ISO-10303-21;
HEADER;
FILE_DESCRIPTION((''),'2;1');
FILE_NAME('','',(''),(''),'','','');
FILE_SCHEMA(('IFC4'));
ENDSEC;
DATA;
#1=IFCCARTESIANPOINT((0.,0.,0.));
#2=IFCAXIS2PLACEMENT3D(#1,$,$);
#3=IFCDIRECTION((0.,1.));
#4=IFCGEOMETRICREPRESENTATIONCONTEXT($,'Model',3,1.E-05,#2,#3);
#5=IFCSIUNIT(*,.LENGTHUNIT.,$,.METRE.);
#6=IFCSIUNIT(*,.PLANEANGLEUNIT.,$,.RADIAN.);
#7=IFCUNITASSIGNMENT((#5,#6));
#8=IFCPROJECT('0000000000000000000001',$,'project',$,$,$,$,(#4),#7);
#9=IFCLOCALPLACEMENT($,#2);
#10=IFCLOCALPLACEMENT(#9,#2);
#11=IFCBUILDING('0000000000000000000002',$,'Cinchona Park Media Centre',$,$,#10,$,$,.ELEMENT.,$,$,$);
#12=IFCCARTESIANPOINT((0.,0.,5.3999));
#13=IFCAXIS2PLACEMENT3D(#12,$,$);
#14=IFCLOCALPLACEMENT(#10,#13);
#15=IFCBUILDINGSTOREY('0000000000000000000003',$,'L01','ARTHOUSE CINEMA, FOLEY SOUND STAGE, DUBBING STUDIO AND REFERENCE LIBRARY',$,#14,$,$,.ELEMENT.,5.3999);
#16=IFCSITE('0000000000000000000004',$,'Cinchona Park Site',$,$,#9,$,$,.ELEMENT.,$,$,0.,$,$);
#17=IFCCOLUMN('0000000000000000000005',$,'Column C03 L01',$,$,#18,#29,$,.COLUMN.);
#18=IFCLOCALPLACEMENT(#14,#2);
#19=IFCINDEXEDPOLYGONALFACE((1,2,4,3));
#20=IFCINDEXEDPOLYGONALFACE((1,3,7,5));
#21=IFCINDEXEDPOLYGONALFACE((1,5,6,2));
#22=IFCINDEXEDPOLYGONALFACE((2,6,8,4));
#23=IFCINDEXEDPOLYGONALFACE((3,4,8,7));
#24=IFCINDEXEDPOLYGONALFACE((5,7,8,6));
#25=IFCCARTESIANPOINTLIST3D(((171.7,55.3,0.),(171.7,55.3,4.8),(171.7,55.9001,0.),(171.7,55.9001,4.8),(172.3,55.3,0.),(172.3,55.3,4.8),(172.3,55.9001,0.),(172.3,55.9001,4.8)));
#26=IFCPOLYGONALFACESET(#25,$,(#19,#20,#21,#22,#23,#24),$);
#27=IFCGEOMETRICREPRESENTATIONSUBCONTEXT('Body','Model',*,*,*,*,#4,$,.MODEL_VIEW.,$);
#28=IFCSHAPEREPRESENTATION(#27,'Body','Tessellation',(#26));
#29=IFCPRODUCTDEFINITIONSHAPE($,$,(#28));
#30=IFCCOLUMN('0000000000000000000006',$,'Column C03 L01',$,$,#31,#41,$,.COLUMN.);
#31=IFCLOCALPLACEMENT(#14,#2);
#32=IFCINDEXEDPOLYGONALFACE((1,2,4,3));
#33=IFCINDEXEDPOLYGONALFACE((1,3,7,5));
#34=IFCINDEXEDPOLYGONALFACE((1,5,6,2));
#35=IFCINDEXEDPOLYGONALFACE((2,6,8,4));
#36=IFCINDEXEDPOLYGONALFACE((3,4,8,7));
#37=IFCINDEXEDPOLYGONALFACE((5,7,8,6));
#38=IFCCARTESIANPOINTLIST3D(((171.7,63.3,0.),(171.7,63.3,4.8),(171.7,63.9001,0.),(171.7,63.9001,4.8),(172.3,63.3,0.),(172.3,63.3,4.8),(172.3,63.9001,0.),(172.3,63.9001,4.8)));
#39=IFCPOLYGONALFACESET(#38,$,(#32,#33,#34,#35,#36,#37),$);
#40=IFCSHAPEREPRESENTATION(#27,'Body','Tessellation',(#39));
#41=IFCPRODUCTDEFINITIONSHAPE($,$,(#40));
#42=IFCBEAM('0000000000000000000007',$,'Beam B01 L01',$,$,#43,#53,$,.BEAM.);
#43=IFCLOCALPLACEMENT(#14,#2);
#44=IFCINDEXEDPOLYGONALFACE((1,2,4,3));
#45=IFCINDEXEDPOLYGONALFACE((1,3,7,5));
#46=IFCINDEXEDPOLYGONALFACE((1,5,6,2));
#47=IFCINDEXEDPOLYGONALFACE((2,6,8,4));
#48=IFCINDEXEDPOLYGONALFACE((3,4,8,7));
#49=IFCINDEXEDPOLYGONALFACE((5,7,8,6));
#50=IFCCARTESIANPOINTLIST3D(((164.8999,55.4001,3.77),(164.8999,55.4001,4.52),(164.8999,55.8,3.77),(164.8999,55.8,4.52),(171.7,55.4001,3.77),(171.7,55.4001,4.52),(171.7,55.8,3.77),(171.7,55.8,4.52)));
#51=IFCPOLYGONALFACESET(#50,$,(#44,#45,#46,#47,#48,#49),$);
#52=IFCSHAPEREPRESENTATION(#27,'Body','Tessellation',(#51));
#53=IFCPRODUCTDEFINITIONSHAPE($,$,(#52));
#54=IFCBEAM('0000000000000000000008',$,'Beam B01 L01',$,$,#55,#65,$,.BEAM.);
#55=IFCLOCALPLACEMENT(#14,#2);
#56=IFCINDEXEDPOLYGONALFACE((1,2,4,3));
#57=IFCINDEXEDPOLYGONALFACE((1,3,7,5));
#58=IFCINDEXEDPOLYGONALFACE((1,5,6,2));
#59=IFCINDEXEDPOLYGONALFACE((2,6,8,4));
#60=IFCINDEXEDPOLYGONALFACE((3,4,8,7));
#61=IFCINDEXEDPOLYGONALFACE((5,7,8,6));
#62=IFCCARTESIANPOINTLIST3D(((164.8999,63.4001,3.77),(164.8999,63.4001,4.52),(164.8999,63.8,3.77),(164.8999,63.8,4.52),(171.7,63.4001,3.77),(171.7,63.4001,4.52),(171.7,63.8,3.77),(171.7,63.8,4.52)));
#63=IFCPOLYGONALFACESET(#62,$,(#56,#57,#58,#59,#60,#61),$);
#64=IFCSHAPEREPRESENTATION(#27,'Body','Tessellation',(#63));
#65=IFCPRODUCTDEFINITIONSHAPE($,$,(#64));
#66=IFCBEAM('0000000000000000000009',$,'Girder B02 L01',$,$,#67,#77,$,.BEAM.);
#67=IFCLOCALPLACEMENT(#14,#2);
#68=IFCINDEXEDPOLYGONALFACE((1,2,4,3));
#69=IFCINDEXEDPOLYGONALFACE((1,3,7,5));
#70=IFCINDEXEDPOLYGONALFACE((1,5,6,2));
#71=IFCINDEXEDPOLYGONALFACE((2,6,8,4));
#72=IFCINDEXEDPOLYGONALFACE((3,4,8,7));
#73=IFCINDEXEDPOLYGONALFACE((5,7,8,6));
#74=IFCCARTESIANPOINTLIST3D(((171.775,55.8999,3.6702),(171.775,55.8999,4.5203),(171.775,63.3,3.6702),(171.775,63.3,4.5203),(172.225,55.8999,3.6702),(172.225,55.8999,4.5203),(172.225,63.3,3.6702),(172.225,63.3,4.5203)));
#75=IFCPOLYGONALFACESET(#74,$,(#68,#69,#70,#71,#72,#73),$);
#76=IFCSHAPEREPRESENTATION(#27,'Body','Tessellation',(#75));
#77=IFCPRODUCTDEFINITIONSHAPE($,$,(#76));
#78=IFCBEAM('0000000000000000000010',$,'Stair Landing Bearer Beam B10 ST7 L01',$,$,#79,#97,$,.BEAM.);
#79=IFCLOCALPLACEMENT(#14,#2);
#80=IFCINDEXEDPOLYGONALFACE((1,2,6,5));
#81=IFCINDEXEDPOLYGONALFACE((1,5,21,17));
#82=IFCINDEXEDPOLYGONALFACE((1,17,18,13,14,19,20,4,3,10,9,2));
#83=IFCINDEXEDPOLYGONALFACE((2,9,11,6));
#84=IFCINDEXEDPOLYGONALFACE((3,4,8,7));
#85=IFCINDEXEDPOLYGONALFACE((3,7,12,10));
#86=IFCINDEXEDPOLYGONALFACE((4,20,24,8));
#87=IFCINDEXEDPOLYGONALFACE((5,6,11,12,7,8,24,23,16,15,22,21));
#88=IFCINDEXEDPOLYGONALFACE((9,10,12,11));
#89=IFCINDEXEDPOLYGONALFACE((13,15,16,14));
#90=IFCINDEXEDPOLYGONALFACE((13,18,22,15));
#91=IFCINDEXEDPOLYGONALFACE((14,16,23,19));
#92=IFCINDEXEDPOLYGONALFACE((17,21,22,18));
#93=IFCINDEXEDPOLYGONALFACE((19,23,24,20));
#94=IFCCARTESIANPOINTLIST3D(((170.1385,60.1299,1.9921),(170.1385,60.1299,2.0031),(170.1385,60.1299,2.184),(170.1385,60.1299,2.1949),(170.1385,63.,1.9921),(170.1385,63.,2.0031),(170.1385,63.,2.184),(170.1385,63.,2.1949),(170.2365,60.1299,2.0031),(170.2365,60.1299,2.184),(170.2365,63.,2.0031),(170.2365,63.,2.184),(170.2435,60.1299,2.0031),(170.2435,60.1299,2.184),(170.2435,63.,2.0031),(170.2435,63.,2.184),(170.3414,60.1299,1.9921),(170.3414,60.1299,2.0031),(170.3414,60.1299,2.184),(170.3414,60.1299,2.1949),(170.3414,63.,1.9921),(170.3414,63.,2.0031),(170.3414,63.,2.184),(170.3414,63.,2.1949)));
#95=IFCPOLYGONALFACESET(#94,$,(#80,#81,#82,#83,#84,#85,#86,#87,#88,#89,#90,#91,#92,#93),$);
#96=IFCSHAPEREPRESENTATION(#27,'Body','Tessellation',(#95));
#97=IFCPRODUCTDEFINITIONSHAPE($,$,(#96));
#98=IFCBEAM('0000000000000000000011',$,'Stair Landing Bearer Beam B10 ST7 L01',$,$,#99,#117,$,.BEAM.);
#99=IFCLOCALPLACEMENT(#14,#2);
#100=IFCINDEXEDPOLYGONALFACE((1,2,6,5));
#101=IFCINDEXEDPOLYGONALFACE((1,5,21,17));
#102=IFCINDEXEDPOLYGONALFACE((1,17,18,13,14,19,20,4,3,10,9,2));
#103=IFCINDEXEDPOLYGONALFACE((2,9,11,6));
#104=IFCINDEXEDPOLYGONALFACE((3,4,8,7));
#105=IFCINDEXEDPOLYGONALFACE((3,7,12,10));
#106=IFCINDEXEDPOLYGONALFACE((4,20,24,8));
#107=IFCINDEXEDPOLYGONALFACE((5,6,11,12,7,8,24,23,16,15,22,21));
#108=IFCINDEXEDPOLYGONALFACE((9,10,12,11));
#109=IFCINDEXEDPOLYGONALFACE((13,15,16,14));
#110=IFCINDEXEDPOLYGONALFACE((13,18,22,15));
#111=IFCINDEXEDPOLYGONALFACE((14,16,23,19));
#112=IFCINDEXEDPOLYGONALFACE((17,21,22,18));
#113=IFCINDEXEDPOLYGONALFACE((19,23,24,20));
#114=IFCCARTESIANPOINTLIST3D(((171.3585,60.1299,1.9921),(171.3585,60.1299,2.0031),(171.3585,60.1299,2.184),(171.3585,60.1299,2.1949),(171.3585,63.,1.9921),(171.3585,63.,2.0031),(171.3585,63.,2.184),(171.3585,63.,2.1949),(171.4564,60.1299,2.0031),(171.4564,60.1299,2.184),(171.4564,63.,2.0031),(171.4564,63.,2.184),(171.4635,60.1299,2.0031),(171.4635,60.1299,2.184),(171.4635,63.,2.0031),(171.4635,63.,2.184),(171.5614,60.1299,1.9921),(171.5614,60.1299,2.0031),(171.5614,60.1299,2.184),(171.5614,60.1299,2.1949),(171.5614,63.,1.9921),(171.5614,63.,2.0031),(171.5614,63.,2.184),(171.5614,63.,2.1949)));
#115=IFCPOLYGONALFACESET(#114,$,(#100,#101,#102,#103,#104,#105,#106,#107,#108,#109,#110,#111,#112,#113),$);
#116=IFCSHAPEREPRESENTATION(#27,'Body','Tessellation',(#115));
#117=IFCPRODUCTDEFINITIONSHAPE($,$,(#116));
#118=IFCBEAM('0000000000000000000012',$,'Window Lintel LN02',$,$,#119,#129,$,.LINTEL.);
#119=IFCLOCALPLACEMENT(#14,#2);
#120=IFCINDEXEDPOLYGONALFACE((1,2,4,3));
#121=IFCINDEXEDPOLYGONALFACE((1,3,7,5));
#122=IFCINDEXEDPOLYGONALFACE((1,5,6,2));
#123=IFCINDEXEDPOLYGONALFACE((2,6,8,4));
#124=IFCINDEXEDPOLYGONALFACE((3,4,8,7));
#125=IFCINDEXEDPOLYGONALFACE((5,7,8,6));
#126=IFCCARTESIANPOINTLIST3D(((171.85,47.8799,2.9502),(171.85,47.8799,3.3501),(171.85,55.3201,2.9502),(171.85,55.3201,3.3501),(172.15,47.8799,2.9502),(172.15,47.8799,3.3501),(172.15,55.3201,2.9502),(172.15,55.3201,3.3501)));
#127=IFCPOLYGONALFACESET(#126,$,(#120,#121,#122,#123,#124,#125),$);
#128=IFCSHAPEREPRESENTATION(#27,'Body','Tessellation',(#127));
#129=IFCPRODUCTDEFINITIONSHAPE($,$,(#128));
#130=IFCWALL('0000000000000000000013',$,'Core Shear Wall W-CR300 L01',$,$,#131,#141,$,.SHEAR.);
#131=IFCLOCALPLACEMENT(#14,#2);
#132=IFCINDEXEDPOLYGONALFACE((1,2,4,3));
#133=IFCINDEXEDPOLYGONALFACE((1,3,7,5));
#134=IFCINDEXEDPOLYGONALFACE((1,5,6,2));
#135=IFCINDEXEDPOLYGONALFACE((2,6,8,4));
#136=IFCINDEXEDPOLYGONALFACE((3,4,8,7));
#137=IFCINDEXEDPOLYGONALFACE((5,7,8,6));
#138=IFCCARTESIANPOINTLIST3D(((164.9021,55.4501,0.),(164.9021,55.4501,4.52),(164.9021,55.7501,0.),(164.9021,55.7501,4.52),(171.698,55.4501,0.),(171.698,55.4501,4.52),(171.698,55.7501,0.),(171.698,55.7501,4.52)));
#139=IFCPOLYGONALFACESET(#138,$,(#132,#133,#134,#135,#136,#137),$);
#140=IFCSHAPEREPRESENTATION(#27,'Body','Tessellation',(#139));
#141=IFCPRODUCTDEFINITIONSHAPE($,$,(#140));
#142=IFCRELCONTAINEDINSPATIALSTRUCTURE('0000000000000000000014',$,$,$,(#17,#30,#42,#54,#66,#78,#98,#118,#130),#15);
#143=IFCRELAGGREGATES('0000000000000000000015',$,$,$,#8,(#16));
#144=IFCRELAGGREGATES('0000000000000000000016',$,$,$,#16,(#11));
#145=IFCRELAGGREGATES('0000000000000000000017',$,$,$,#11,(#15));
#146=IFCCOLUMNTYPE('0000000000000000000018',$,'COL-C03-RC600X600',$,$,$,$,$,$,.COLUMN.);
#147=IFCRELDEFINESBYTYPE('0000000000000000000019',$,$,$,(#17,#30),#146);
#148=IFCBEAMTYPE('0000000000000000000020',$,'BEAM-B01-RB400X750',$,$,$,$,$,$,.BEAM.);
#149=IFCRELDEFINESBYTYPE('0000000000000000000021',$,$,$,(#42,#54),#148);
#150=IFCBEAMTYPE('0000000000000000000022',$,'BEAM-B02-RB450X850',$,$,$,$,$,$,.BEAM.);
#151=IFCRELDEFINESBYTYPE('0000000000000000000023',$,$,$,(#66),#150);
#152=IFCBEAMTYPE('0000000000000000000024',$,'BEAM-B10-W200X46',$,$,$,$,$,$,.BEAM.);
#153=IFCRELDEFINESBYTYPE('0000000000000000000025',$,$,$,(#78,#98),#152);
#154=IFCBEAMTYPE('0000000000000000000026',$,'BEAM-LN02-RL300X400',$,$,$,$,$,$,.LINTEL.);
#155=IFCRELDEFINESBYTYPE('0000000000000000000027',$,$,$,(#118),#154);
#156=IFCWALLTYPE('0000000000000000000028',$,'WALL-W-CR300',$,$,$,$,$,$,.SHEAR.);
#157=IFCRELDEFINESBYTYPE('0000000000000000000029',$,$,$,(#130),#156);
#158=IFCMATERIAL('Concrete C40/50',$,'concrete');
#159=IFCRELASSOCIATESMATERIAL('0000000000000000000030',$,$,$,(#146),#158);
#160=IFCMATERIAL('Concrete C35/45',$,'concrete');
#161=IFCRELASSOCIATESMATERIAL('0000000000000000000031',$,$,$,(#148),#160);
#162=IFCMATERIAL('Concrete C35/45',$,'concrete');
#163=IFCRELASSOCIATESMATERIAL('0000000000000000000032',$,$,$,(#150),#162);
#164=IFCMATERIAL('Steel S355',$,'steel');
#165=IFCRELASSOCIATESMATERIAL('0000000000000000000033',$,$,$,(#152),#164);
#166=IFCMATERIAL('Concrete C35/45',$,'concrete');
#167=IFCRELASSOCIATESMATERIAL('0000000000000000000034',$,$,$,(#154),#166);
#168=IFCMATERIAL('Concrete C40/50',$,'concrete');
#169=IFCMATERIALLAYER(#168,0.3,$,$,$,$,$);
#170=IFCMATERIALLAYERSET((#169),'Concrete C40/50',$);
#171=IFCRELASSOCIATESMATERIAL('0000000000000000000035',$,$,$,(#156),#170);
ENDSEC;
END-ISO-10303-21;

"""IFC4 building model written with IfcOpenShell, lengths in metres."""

from ifc_helpers import new_model, si_unit, direction, frame, frame_2d, origin, origin_2d, place, context, subcontext, project, spatial, rectangle, i_section, extrude, material, layer, layer_set, material_profile, profile_set, type_object, element, save


model = new_model("IFC4")

# Units and contexts
model_context = context("Model", 3, precision=1e-05, world=origin(), true_north=direction((0.0, 1.0)))
body_context = subcontext(model_context, "Body", "Model", "MODEL_VIEW")
ifc_project = project(units=[si_unit("LENGTHUNIT", "METRE"), si_unit("PLANEANGLEUNIT", "RADIAN")], contexts=[model_context])

# Site, building, storey
site_placement = place(None, origin())
site = spatial("IfcSite", under=ifc_project, at=site_placement, Name="Cinchona Park Site", CompositionType="ELEMENT", RefElevation=0.0)
building_placement = place(site_placement, origin())
building = spatial("IfcBuilding", under=site, at=building_placement, Name="Cinchona Park Media Centre", CompositionType="ELEMENT")
storey_placement = place(building_placement, frame((0.0, 0.0, 5.3999)))
storey = spatial("IfcBuildingStorey", under=building, at=storey_placement, Name="L01", Description="ARTHOUSE CINEMA, FOLEY SOUND STAGE, DUBBING STUDIO AND REFERENCE LIBRARY", CompositionType="ELEMENT", Elevation=5.3999)

# Columns
ifc_material_1 = material(Name="Concrete C40/50", Category="concrete")
ifc_material_profile_1 = material_profile(ifc_material_1, rectangle(XDim=0.6001, YDim=0.6001, at=origin_2d()), Name="RC 600X600")
ifc_profile_set_1 = profile_set([ifc_material_profile_1], Name="Concrete C40/50")
column_type = type_object("IfcColumnType", Name="COL-C03-RC600X600", PredefinedType="COLUMN", material=ifc_profile_set_1)
for number, where, z_axis, x_axis, name in (
    (1, (172.0, 55.6001, 0.0), (0.0, 0.0, 1.0), (1.0, 0.0, 0.0), "Column C03 L01"),
    (2, (172.0, 63.6001, 0.0), (0.0, 0.0, 1.0), (1.0, 0.0, 0.0), "Column C03 L01"),
):
    element("IfcColumn", number, at=place(storey_placement, frame(where, z_axis=z_axis, x_axis=x_axis)), inside=storey, type_object=column_type, Name=name, PredefinedType="COLUMN", context=body_context, shape_type="SweptSolid", body=[
        extrude(rectangle(XDim=0.6001, YDim=0.6001, at=origin_2d()), origin(), (0.0, 0.0, 1.0), 4.8),
    ])

# Beams
ifc_material_2 = material(Name="Concrete C35/45", Category="concrete")
ifc_material_profile_2 = material_profile(ifc_material_2, rectangle(XDim=0.3999, YDim=0.75, at=origin_2d()), Name="RB 400X750")
ifc_profile_set_2 = profile_set([ifc_material_profile_2], Name="Concrete C35/45")
beam_type_1 = type_object("IfcBeamType", Name="BEAM-B01-RB400X750", PredefinedType="BEAM", material=ifc_profile_set_2)
for number, where, z_axis, x_axis, name in (
    (3, (164.8999, 55.6001, 4.145), (1.0, 0.0, 0.0), (0.0, 1.0, 0.0), "Beam B01 L01"),
    (4, (164.8999, 63.6001, 4.145), (1.0, 0.0, 0.0), (0.0, 1.0, 0.0), "Beam B01 L01"),
):
    element("IfcBeam", number, at=place(storey_placement, frame(where, z_axis=z_axis, x_axis=x_axis)), inside=storey, type_object=beam_type_1, Name=name, PredefinedType="BEAM", context=body_context, shape_type="SweptSolid", body=[
        extrude(rectangle(XDim=0.3999, YDim=0.75, at=origin_2d()), origin(), (0.0, 0.0, 1.0), 6.8),
    ])
ifc_material_3 = material(Name="Concrete C35/45", Category="concrete")
ifc_material_profile_3 = material_profile(ifc_material_3, rectangle(XDim=0.45, YDim=0.8501, at=origin_2d()), Name="RB 450X850")
ifc_profile_set_3 = profile_set([ifc_material_profile_3], Name="Concrete C35/45")
beam_type_2 = type_object("IfcBeamType", Name="BEAM-B02-RB450X850", PredefinedType="BEAM", material=ifc_profile_set_3)
beam_1_placement = place(storey_placement, frame((172.0, 55.8999, 4.0952), z_axis=(0.0, 1.0, 0.0), x_axis=(-1.0, 0.0, 0.0)))
element("IfcBeam", 5, at=beam_1_placement, inside=storey, type_object=beam_type_2, Name="Girder B02 L01", PredefinedType="BEAM", context=body_context, shape_type="SweptSolid", body=[
    extrude(rectangle(XDim=0.45, YDim=0.8501, at=origin_2d()), origin(), (0.0, 0.0, 1.0), 7.4001),
])
ifc_material_4 = material(Name="Steel S355", Category="steel")
ifc_material_profile_4 = material_profile(ifc_material_4, i_section(OverallWidth=0.2029, OverallDepth=0.2029, WebThickness=0.0071, FlangeThickness=0.011, at=origin_2d()), Name="W200X46")
ifc_profile_set_4 = profile_set([ifc_material_profile_4], Name="Steel S355")
beam_type_3 = type_object("IfcBeamType", Name="BEAM-B10-W200X46", PredefinedType="BEAM", material=ifc_profile_set_4)
for number, where, z_axis, x_axis, name in (
    (6, (170.24, 60.1299, 2.0935), (0.0, 1.0, 0.0), (-1.0, 0.0, 0.0), "Stair Landing Bearer Beam B10 ST7 L01"),
    (7, (171.46, 60.1299, 2.0935), (0.0, 1.0, 0.0), (-1.0, 0.0, 0.0), "Stair Landing Bearer Beam B10 ST7 L01"),
):
    element("IfcBeam", number, at=place(storey_placement, frame(where, z_axis=z_axis, x_axis=x_axis)), inside=storey, type_object=beam_type_3, Name=name, PredefinedType="BEAM", context=body_context, shape_type="SweptSolid", body=[
        extrude(i_section(OverallWidth=0.2029, OverallDepth=0.2029, WebThickness=0.0071, FlangeThickness=0.011, at=origin_2d()), origin(), (0.0, 0.0, 1.0), 2.8701),
    ])
ifc_material_5 = material(Name="Concrete C35/45", Category="concrete")
ifc_material_profile_5 = material_profile(ifc_material_5, rectangle(XDim=0.3, YDim=0.3999, at=origin_2d()), Name="RL 300X400")
ifc_profile_set_5 = profile_set([ifc_material_profile_5], Name="Concrete C35/45")
beam_type_4 = type_object("IfcBeamType", Name="BEAM-LN02-RL300X400", PredefinedType="LINTEL", material=ifc_profile_set_5)
beam_2_placement = place(storey_placement, frame((172.0, 55.3201, 3.1501), z_axis=(0.0, -1.0, 0.0), x_axis=(1.0, 0.0, 0.0)))
element("IfcBeam", 8, at=beam_2_placement, inside=storey, type_object=beam_type_4, Name="Window Lintel LN02", PredefinedType="LINTEL", context=body_context, shape_type="SweptSolid", body=[
    extrude(rectangle(XDim=0.3, YDim=0.3999, at=origin_2d()), origin(), (0.0, 0.0, 1.0), 7.4402),
])

# Wall
ifc_material_6 = material(Name="Concrete C40/50", Category="concrete")
ifc_layer_1 = layer(ifc_material_6, 0.3)
ifc_layer_set_1 = layer_set([ifc_layer_1], Name="Concrete C40/50")
wall_type_1 = type_object("IfcWallType", Name="WALL-W-CR300", PredefinedType="SHEAR", material=ifc_layer_set_1)
wall_1_placement = place(storey_placement, frame((164.9021, 55.6001, 0.0), z_axis=(0.0, 0.0, 1.0), x_axis=(1.0, 0.0, 0.0)))
element("IfcWall", 9, at=wall_1_placement, inside=storey, type_object=wall_type_1, Name="Core Shear Wall W-CR300 L01", PredefinedType="SHEAR", context=body_context, shape_type="SweptSolid", body=[
    extrude(rectangle(XDim=6.7959, YDim=0.3, at=frame_2d((3.3979, 0.0))), origin(), (0.0, 0.0, 1.0), 4.52),
])

save(model, "model.ifc")
